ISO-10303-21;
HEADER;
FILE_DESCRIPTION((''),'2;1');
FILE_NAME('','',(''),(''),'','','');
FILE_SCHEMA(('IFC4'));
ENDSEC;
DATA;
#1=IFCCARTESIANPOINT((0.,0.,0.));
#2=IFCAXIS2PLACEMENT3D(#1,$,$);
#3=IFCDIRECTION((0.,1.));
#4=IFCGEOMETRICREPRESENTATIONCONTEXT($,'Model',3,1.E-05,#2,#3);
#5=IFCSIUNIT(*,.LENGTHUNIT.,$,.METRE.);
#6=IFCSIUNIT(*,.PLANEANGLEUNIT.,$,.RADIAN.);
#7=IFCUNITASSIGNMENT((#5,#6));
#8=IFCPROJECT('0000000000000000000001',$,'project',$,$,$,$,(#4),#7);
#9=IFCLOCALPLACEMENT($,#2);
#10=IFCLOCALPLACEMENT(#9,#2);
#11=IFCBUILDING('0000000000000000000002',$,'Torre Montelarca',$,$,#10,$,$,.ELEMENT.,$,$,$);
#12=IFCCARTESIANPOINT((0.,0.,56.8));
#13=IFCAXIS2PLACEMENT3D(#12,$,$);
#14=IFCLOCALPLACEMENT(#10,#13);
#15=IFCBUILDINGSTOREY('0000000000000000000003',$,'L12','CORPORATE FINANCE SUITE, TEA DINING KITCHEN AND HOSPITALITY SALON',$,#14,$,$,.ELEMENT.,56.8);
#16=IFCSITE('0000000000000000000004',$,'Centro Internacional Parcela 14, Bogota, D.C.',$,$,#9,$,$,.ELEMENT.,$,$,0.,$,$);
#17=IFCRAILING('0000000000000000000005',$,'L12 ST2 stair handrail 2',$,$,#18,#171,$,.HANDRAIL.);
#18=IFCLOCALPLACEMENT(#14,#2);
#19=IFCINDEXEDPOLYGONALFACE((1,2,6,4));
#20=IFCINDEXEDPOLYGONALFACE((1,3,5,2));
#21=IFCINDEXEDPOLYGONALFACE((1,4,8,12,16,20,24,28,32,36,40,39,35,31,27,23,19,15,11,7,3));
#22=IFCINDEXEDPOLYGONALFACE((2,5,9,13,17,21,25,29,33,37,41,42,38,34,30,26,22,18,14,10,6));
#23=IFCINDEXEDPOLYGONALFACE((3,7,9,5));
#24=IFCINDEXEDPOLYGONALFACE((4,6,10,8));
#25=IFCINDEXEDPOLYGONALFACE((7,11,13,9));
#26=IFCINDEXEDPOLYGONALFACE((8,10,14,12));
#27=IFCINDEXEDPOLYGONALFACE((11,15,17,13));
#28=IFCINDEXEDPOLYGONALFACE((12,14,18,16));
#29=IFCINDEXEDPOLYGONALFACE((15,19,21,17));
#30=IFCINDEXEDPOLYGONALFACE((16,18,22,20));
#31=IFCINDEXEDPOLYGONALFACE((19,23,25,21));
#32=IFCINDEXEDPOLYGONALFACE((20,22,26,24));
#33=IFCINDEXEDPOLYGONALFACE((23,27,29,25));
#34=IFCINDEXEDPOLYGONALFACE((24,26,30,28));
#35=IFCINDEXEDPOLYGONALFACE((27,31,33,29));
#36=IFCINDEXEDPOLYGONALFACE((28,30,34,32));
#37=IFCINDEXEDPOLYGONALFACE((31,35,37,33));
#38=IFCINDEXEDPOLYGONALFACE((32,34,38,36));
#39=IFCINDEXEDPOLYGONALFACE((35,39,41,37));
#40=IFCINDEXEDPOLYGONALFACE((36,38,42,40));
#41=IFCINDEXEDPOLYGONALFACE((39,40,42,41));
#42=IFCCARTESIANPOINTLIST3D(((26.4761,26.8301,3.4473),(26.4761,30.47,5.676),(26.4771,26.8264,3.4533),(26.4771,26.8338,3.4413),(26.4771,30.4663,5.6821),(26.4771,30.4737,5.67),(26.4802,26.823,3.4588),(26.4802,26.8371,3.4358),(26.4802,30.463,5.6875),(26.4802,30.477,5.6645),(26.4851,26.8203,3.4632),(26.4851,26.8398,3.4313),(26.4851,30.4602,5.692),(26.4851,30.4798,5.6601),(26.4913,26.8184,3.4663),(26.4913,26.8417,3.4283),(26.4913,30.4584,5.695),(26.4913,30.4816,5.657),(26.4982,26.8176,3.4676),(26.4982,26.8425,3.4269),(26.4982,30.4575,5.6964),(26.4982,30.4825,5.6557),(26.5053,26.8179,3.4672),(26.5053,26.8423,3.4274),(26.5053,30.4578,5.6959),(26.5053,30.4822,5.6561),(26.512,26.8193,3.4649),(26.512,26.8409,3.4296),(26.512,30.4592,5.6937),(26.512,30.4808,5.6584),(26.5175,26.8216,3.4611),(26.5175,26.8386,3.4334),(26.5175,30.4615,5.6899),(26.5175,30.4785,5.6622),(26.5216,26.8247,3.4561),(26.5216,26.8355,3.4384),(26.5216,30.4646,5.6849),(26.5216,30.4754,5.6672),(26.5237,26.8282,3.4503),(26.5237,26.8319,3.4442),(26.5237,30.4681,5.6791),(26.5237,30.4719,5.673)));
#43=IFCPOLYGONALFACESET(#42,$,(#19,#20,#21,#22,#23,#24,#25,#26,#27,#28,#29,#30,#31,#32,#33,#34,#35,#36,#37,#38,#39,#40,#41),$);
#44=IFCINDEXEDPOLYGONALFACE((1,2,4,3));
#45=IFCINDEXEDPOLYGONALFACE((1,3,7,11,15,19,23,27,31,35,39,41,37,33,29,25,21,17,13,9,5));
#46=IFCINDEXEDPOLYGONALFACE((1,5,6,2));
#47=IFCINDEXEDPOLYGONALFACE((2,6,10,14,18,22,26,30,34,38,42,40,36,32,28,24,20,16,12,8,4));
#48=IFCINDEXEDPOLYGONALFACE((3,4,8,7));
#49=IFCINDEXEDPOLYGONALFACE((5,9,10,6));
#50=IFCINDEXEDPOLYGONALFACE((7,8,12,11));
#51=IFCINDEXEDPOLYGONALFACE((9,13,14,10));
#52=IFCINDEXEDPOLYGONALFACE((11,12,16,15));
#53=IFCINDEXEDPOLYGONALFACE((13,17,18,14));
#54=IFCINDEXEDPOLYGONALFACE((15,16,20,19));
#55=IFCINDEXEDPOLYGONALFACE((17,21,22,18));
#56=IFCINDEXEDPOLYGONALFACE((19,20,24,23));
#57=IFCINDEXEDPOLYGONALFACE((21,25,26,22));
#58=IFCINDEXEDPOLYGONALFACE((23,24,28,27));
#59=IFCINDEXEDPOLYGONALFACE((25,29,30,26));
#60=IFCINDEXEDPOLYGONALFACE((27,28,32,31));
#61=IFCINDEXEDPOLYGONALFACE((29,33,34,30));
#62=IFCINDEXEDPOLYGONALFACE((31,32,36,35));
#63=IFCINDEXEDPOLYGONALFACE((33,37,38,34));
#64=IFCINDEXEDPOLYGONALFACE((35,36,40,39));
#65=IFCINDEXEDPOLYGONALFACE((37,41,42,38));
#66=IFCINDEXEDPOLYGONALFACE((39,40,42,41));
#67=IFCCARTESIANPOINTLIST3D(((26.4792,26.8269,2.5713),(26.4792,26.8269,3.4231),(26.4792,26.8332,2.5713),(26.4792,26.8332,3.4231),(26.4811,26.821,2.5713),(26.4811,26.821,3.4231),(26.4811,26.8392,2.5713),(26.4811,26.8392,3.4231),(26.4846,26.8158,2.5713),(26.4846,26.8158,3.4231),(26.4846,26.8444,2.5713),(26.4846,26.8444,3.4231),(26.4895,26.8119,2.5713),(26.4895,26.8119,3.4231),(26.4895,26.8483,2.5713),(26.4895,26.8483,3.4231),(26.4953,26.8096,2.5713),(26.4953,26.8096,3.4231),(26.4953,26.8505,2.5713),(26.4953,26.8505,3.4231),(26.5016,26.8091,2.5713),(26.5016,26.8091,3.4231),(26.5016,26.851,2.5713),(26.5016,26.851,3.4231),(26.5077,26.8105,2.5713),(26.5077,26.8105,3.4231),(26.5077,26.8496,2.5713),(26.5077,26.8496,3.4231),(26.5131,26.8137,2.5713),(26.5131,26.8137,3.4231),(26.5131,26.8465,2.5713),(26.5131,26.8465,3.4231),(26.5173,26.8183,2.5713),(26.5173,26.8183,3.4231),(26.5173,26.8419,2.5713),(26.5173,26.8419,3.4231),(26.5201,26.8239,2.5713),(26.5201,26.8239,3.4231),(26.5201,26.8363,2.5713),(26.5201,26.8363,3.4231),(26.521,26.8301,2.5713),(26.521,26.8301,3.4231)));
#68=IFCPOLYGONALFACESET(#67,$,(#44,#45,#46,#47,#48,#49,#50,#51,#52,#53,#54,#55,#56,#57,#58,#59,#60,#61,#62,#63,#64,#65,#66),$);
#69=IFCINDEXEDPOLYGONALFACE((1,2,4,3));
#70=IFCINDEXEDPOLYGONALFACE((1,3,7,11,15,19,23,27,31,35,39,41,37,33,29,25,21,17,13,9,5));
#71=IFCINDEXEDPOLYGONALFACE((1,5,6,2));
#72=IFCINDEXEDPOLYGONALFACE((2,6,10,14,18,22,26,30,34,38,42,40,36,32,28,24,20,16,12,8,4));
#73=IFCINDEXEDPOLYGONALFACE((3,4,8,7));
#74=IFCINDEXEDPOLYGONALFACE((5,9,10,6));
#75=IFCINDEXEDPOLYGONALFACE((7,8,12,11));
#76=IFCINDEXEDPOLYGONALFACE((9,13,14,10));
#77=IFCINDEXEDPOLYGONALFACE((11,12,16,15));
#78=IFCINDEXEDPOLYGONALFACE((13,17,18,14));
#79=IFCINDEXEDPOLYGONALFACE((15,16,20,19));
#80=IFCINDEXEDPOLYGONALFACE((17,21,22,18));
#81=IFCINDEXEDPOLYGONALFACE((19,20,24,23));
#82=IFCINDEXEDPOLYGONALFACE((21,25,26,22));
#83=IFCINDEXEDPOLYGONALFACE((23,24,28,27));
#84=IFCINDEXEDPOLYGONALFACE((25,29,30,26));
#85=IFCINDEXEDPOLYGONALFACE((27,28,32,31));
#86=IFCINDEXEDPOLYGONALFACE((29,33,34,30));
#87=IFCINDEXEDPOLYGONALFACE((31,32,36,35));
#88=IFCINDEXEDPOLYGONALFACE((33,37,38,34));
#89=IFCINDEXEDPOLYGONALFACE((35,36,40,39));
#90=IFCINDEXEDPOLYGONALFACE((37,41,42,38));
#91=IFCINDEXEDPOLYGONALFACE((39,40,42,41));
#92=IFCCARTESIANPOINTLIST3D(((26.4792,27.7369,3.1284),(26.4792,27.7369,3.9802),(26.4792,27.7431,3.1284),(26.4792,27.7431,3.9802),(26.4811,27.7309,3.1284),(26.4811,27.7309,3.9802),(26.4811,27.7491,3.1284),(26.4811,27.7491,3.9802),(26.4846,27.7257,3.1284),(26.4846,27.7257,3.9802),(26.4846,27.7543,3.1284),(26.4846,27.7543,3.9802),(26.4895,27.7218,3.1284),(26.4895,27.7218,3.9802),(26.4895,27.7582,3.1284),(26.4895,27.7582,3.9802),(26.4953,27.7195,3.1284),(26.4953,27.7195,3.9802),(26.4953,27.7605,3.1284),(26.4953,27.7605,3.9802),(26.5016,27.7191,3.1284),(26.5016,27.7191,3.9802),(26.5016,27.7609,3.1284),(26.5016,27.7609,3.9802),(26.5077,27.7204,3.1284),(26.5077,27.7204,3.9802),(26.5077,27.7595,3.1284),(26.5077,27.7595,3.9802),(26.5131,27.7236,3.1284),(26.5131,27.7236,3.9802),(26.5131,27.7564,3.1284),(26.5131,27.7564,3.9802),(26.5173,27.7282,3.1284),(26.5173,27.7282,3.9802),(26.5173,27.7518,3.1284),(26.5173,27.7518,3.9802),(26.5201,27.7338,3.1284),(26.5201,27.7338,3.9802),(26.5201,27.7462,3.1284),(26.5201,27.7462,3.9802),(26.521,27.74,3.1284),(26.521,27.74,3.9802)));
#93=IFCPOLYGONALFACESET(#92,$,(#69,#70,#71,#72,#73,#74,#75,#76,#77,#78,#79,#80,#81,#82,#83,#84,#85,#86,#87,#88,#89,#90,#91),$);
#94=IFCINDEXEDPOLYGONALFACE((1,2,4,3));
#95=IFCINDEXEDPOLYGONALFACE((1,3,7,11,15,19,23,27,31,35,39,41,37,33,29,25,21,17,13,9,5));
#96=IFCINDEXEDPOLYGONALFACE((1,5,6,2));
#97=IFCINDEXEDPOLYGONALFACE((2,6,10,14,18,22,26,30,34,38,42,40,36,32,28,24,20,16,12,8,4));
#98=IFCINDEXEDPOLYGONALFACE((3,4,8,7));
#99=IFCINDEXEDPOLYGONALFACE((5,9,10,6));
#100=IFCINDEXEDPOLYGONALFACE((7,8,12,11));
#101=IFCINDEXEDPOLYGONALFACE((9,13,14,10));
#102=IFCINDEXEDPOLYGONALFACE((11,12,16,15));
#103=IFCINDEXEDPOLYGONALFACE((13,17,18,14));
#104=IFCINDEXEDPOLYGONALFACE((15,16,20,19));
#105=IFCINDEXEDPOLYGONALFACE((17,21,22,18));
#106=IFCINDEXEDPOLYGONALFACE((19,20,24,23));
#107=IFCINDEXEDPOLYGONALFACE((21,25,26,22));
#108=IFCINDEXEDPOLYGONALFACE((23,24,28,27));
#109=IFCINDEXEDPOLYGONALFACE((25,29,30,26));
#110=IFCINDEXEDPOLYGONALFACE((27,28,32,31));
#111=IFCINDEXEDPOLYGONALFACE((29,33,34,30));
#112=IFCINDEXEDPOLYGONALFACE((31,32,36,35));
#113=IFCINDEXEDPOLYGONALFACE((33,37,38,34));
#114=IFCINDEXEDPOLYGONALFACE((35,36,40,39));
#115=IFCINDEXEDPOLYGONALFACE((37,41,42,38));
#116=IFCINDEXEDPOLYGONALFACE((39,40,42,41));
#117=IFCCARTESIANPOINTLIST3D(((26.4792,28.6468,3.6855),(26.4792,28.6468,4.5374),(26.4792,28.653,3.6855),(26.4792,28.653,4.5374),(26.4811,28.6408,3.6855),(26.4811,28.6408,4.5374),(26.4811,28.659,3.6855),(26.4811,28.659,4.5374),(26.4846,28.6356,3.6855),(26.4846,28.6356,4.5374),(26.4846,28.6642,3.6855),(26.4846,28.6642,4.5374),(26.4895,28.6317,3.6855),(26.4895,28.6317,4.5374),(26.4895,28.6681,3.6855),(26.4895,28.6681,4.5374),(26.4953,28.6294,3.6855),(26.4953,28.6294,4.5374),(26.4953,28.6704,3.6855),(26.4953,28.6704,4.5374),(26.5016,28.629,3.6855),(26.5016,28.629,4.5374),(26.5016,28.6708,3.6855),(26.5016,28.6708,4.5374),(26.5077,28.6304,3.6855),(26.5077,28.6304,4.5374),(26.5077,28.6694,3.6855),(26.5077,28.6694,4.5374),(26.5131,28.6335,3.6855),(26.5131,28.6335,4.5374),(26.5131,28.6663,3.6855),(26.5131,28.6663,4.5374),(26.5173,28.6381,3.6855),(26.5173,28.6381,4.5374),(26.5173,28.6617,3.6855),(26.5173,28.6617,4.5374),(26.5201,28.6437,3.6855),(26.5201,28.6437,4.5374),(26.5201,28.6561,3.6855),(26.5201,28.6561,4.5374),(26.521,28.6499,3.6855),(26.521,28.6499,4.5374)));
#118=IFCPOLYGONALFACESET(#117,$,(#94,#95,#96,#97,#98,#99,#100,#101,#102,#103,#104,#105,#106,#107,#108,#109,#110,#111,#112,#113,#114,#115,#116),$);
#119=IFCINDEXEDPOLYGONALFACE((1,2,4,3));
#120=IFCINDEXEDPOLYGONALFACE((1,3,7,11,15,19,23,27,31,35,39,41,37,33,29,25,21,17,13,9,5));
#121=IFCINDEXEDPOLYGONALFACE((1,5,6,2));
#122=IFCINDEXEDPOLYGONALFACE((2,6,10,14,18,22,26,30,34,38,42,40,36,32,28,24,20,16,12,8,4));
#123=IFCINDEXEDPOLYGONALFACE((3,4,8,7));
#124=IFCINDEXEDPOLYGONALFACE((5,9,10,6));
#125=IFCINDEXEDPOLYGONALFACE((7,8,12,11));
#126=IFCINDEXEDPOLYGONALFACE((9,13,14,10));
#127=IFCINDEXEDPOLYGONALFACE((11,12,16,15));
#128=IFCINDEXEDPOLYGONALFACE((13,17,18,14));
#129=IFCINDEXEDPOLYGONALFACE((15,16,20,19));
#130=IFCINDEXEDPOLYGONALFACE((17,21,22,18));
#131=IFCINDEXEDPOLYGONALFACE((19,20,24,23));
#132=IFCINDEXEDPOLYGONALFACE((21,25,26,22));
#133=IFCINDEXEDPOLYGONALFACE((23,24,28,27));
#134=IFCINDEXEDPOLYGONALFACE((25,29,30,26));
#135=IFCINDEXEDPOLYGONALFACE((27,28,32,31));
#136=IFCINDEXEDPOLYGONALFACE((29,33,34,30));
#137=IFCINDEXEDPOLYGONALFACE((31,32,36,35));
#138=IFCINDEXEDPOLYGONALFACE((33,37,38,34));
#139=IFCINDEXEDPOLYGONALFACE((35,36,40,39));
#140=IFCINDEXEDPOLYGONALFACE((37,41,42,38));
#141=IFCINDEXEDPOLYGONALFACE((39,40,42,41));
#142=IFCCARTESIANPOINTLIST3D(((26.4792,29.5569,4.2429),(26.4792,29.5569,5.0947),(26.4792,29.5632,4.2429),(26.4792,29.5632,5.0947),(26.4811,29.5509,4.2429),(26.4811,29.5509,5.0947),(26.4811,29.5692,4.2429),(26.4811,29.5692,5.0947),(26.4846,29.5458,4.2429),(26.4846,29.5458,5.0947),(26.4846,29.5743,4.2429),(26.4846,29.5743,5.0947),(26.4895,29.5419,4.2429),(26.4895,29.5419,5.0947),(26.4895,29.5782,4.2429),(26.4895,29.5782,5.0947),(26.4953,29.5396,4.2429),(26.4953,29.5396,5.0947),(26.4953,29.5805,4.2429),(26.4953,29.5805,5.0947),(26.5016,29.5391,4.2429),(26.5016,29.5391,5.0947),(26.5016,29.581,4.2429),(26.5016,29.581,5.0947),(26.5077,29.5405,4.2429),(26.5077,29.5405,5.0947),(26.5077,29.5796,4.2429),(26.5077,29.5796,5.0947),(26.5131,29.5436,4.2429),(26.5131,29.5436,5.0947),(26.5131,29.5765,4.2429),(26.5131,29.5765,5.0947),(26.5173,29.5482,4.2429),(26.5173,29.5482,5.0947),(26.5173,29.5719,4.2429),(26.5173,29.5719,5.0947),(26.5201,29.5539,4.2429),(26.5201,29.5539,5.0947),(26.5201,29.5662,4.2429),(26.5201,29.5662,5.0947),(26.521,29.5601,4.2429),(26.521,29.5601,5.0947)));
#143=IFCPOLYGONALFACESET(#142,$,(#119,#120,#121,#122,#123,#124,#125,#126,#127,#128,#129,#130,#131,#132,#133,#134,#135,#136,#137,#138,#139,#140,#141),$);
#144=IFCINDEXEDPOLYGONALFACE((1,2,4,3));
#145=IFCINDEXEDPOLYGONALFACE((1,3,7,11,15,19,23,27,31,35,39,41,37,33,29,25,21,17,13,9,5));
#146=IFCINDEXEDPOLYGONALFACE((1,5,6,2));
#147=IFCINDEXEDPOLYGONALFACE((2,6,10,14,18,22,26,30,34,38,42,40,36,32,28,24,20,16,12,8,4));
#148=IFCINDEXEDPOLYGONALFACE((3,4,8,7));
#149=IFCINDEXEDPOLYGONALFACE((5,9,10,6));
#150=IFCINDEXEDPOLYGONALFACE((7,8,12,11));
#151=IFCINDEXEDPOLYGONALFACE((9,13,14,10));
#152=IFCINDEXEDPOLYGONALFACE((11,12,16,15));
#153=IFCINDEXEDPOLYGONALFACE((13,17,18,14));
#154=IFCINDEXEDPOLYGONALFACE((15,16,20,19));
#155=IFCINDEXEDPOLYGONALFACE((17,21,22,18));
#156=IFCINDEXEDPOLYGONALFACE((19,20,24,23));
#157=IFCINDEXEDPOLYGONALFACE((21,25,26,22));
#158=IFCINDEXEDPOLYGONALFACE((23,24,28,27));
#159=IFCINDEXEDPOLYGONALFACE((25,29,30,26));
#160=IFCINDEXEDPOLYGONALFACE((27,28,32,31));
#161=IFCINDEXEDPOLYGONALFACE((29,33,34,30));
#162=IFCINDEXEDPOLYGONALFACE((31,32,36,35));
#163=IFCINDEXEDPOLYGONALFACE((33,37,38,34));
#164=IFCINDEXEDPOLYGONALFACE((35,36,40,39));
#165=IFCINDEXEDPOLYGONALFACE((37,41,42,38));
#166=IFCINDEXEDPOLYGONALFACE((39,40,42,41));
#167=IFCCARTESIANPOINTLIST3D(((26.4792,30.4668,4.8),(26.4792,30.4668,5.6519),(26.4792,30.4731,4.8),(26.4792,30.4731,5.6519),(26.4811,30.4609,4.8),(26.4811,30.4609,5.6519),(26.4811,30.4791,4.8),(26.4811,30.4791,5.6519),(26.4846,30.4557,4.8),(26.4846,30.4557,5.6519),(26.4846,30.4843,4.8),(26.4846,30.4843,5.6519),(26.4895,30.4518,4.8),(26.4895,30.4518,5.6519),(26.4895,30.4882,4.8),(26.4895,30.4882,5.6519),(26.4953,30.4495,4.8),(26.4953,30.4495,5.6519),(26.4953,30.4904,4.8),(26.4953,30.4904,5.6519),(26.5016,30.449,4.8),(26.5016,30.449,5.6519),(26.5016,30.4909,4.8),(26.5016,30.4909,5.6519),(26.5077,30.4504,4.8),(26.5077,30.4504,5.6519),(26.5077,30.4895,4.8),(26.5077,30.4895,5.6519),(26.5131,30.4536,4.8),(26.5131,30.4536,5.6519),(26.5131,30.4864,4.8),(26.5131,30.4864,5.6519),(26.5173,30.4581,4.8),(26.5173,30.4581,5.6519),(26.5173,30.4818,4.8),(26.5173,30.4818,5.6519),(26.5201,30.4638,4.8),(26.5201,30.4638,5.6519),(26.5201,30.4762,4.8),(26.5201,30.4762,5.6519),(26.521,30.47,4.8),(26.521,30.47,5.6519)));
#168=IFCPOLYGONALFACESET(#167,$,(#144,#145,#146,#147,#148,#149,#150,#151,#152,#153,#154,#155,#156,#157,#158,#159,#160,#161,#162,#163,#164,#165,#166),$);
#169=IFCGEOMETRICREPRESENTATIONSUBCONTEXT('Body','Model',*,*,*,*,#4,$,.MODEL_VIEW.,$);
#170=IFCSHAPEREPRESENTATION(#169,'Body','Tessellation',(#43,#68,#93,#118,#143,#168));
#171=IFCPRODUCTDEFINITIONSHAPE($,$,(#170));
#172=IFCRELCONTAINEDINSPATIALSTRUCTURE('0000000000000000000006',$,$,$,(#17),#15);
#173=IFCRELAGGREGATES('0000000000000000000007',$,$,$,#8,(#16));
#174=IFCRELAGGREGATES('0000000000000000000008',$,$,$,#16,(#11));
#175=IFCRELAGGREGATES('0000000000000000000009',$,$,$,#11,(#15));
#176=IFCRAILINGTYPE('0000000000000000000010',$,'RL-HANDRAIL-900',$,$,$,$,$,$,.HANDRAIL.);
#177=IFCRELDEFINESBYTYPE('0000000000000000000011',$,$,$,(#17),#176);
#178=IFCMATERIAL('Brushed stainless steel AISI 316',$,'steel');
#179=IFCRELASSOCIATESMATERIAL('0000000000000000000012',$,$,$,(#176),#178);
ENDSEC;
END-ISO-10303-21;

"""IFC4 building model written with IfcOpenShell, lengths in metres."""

from ifc_helpers import new_model, si_unit, direction, frame, origin, origin_2d, place, context, subcontext, project, spatial, circle, extrude, material, type_object, element, save


model = new_model("IFC4")

# Units and contexts
model_context = context("Model", 3, precision=1e-05, world=origin(), true_north=direction((0.0, 1.0)))
body_context = subcontext(model_context, "Body", "Model", "MODEL_VIEW")
ifc_project = project(units=[si_unit("LENGTHUNIT", "METRE"), si_unit("PLANEANGLEUNIT", "RADIAN")], contexts=[model_context])

# Site, building, storey
site_placement = place(None, origin())
site = spatial("IfcSite", under=ifc_project, at=site_placement, Name="Centro Internacional Parcela 14, Bogota, D.C.", CompositionType="ELEMENT", RefElevation=0.0)
building_placement = place(site_placement, origin())
building = spatial("IfcBuilding", under=site, at=building_placement, Name="Torre Montelarca", CompositionType="ELEMENT")
storey_placement = place(building_placement, frame((0.0, 0.0, 56.8)))
storey = spatial("IfcBuildingStorey", under=building, at=storey_placement, Name="L12", Description="CORPORATE FINANCE SUITE, TEA DINING KITCHEN AND HOSPITALITY SALON", CompositionType="ELEMENT", Elevation=56.8)

# Railing
ifc_material_1 = material(Name="Brushed stainless steel AISI 316", Category="steel")
railing_type_1 = type_object("IfcRailingType", Name="RL-HANDRAIL-900", PredefinedType="HANDRAIL", material=ifc_material_1)
railing_1_placement = place(storey_placement, frame((26.5, 26.8301, 2.5713)))
element("IfcRailing", 1, at=railing_1_placement, inside=storey, type_object=railing_type_1, Name="L12 ST2 stair handrail 2", PredefinedType="HANDRAIL", context=body_context, shape_type="SweptSolid", body=[
    extrude(circle(Radius=0.0239, at=origin_2d()), frame((0.0, 0.0, 0.876), z_axis=(0.0, 0.852825, 0.522197), x_axis=(-1.0, 0.0, 0.0)), (0.0, 0.0, 1.0), 4.2681),
    extrude(circle(Radius=0.021, at=origin_2d()), origin(), (0.0, 0.0, 1.0), 0.8518),
    extrude(circle(Radius=0.021, at=origin_2d()), frame((0.0, 0.9099, 0.5571)), (0.0, 0.0, 1.0), 0.8518),
    extrude(circle(Radius=0.021, at=origin_2d()), frame((0.0, 1.8198, 1.1143)), (0.0, 0.0, 1.0), 0.8518),
    extrude(circle(Radius=0.021, at=origin_2d()), frame((0.0, 2.73, 1.6716)), (0.0, 0.0, 1.0), 0.8518),
    extrude(circle(Radius=0.021, at=origin_2d()), frame((0.0, 3.6399, 2.2288)), (0.0, 0.0, 1.0), 0.8518),
])

save(model, "model.ifc")
